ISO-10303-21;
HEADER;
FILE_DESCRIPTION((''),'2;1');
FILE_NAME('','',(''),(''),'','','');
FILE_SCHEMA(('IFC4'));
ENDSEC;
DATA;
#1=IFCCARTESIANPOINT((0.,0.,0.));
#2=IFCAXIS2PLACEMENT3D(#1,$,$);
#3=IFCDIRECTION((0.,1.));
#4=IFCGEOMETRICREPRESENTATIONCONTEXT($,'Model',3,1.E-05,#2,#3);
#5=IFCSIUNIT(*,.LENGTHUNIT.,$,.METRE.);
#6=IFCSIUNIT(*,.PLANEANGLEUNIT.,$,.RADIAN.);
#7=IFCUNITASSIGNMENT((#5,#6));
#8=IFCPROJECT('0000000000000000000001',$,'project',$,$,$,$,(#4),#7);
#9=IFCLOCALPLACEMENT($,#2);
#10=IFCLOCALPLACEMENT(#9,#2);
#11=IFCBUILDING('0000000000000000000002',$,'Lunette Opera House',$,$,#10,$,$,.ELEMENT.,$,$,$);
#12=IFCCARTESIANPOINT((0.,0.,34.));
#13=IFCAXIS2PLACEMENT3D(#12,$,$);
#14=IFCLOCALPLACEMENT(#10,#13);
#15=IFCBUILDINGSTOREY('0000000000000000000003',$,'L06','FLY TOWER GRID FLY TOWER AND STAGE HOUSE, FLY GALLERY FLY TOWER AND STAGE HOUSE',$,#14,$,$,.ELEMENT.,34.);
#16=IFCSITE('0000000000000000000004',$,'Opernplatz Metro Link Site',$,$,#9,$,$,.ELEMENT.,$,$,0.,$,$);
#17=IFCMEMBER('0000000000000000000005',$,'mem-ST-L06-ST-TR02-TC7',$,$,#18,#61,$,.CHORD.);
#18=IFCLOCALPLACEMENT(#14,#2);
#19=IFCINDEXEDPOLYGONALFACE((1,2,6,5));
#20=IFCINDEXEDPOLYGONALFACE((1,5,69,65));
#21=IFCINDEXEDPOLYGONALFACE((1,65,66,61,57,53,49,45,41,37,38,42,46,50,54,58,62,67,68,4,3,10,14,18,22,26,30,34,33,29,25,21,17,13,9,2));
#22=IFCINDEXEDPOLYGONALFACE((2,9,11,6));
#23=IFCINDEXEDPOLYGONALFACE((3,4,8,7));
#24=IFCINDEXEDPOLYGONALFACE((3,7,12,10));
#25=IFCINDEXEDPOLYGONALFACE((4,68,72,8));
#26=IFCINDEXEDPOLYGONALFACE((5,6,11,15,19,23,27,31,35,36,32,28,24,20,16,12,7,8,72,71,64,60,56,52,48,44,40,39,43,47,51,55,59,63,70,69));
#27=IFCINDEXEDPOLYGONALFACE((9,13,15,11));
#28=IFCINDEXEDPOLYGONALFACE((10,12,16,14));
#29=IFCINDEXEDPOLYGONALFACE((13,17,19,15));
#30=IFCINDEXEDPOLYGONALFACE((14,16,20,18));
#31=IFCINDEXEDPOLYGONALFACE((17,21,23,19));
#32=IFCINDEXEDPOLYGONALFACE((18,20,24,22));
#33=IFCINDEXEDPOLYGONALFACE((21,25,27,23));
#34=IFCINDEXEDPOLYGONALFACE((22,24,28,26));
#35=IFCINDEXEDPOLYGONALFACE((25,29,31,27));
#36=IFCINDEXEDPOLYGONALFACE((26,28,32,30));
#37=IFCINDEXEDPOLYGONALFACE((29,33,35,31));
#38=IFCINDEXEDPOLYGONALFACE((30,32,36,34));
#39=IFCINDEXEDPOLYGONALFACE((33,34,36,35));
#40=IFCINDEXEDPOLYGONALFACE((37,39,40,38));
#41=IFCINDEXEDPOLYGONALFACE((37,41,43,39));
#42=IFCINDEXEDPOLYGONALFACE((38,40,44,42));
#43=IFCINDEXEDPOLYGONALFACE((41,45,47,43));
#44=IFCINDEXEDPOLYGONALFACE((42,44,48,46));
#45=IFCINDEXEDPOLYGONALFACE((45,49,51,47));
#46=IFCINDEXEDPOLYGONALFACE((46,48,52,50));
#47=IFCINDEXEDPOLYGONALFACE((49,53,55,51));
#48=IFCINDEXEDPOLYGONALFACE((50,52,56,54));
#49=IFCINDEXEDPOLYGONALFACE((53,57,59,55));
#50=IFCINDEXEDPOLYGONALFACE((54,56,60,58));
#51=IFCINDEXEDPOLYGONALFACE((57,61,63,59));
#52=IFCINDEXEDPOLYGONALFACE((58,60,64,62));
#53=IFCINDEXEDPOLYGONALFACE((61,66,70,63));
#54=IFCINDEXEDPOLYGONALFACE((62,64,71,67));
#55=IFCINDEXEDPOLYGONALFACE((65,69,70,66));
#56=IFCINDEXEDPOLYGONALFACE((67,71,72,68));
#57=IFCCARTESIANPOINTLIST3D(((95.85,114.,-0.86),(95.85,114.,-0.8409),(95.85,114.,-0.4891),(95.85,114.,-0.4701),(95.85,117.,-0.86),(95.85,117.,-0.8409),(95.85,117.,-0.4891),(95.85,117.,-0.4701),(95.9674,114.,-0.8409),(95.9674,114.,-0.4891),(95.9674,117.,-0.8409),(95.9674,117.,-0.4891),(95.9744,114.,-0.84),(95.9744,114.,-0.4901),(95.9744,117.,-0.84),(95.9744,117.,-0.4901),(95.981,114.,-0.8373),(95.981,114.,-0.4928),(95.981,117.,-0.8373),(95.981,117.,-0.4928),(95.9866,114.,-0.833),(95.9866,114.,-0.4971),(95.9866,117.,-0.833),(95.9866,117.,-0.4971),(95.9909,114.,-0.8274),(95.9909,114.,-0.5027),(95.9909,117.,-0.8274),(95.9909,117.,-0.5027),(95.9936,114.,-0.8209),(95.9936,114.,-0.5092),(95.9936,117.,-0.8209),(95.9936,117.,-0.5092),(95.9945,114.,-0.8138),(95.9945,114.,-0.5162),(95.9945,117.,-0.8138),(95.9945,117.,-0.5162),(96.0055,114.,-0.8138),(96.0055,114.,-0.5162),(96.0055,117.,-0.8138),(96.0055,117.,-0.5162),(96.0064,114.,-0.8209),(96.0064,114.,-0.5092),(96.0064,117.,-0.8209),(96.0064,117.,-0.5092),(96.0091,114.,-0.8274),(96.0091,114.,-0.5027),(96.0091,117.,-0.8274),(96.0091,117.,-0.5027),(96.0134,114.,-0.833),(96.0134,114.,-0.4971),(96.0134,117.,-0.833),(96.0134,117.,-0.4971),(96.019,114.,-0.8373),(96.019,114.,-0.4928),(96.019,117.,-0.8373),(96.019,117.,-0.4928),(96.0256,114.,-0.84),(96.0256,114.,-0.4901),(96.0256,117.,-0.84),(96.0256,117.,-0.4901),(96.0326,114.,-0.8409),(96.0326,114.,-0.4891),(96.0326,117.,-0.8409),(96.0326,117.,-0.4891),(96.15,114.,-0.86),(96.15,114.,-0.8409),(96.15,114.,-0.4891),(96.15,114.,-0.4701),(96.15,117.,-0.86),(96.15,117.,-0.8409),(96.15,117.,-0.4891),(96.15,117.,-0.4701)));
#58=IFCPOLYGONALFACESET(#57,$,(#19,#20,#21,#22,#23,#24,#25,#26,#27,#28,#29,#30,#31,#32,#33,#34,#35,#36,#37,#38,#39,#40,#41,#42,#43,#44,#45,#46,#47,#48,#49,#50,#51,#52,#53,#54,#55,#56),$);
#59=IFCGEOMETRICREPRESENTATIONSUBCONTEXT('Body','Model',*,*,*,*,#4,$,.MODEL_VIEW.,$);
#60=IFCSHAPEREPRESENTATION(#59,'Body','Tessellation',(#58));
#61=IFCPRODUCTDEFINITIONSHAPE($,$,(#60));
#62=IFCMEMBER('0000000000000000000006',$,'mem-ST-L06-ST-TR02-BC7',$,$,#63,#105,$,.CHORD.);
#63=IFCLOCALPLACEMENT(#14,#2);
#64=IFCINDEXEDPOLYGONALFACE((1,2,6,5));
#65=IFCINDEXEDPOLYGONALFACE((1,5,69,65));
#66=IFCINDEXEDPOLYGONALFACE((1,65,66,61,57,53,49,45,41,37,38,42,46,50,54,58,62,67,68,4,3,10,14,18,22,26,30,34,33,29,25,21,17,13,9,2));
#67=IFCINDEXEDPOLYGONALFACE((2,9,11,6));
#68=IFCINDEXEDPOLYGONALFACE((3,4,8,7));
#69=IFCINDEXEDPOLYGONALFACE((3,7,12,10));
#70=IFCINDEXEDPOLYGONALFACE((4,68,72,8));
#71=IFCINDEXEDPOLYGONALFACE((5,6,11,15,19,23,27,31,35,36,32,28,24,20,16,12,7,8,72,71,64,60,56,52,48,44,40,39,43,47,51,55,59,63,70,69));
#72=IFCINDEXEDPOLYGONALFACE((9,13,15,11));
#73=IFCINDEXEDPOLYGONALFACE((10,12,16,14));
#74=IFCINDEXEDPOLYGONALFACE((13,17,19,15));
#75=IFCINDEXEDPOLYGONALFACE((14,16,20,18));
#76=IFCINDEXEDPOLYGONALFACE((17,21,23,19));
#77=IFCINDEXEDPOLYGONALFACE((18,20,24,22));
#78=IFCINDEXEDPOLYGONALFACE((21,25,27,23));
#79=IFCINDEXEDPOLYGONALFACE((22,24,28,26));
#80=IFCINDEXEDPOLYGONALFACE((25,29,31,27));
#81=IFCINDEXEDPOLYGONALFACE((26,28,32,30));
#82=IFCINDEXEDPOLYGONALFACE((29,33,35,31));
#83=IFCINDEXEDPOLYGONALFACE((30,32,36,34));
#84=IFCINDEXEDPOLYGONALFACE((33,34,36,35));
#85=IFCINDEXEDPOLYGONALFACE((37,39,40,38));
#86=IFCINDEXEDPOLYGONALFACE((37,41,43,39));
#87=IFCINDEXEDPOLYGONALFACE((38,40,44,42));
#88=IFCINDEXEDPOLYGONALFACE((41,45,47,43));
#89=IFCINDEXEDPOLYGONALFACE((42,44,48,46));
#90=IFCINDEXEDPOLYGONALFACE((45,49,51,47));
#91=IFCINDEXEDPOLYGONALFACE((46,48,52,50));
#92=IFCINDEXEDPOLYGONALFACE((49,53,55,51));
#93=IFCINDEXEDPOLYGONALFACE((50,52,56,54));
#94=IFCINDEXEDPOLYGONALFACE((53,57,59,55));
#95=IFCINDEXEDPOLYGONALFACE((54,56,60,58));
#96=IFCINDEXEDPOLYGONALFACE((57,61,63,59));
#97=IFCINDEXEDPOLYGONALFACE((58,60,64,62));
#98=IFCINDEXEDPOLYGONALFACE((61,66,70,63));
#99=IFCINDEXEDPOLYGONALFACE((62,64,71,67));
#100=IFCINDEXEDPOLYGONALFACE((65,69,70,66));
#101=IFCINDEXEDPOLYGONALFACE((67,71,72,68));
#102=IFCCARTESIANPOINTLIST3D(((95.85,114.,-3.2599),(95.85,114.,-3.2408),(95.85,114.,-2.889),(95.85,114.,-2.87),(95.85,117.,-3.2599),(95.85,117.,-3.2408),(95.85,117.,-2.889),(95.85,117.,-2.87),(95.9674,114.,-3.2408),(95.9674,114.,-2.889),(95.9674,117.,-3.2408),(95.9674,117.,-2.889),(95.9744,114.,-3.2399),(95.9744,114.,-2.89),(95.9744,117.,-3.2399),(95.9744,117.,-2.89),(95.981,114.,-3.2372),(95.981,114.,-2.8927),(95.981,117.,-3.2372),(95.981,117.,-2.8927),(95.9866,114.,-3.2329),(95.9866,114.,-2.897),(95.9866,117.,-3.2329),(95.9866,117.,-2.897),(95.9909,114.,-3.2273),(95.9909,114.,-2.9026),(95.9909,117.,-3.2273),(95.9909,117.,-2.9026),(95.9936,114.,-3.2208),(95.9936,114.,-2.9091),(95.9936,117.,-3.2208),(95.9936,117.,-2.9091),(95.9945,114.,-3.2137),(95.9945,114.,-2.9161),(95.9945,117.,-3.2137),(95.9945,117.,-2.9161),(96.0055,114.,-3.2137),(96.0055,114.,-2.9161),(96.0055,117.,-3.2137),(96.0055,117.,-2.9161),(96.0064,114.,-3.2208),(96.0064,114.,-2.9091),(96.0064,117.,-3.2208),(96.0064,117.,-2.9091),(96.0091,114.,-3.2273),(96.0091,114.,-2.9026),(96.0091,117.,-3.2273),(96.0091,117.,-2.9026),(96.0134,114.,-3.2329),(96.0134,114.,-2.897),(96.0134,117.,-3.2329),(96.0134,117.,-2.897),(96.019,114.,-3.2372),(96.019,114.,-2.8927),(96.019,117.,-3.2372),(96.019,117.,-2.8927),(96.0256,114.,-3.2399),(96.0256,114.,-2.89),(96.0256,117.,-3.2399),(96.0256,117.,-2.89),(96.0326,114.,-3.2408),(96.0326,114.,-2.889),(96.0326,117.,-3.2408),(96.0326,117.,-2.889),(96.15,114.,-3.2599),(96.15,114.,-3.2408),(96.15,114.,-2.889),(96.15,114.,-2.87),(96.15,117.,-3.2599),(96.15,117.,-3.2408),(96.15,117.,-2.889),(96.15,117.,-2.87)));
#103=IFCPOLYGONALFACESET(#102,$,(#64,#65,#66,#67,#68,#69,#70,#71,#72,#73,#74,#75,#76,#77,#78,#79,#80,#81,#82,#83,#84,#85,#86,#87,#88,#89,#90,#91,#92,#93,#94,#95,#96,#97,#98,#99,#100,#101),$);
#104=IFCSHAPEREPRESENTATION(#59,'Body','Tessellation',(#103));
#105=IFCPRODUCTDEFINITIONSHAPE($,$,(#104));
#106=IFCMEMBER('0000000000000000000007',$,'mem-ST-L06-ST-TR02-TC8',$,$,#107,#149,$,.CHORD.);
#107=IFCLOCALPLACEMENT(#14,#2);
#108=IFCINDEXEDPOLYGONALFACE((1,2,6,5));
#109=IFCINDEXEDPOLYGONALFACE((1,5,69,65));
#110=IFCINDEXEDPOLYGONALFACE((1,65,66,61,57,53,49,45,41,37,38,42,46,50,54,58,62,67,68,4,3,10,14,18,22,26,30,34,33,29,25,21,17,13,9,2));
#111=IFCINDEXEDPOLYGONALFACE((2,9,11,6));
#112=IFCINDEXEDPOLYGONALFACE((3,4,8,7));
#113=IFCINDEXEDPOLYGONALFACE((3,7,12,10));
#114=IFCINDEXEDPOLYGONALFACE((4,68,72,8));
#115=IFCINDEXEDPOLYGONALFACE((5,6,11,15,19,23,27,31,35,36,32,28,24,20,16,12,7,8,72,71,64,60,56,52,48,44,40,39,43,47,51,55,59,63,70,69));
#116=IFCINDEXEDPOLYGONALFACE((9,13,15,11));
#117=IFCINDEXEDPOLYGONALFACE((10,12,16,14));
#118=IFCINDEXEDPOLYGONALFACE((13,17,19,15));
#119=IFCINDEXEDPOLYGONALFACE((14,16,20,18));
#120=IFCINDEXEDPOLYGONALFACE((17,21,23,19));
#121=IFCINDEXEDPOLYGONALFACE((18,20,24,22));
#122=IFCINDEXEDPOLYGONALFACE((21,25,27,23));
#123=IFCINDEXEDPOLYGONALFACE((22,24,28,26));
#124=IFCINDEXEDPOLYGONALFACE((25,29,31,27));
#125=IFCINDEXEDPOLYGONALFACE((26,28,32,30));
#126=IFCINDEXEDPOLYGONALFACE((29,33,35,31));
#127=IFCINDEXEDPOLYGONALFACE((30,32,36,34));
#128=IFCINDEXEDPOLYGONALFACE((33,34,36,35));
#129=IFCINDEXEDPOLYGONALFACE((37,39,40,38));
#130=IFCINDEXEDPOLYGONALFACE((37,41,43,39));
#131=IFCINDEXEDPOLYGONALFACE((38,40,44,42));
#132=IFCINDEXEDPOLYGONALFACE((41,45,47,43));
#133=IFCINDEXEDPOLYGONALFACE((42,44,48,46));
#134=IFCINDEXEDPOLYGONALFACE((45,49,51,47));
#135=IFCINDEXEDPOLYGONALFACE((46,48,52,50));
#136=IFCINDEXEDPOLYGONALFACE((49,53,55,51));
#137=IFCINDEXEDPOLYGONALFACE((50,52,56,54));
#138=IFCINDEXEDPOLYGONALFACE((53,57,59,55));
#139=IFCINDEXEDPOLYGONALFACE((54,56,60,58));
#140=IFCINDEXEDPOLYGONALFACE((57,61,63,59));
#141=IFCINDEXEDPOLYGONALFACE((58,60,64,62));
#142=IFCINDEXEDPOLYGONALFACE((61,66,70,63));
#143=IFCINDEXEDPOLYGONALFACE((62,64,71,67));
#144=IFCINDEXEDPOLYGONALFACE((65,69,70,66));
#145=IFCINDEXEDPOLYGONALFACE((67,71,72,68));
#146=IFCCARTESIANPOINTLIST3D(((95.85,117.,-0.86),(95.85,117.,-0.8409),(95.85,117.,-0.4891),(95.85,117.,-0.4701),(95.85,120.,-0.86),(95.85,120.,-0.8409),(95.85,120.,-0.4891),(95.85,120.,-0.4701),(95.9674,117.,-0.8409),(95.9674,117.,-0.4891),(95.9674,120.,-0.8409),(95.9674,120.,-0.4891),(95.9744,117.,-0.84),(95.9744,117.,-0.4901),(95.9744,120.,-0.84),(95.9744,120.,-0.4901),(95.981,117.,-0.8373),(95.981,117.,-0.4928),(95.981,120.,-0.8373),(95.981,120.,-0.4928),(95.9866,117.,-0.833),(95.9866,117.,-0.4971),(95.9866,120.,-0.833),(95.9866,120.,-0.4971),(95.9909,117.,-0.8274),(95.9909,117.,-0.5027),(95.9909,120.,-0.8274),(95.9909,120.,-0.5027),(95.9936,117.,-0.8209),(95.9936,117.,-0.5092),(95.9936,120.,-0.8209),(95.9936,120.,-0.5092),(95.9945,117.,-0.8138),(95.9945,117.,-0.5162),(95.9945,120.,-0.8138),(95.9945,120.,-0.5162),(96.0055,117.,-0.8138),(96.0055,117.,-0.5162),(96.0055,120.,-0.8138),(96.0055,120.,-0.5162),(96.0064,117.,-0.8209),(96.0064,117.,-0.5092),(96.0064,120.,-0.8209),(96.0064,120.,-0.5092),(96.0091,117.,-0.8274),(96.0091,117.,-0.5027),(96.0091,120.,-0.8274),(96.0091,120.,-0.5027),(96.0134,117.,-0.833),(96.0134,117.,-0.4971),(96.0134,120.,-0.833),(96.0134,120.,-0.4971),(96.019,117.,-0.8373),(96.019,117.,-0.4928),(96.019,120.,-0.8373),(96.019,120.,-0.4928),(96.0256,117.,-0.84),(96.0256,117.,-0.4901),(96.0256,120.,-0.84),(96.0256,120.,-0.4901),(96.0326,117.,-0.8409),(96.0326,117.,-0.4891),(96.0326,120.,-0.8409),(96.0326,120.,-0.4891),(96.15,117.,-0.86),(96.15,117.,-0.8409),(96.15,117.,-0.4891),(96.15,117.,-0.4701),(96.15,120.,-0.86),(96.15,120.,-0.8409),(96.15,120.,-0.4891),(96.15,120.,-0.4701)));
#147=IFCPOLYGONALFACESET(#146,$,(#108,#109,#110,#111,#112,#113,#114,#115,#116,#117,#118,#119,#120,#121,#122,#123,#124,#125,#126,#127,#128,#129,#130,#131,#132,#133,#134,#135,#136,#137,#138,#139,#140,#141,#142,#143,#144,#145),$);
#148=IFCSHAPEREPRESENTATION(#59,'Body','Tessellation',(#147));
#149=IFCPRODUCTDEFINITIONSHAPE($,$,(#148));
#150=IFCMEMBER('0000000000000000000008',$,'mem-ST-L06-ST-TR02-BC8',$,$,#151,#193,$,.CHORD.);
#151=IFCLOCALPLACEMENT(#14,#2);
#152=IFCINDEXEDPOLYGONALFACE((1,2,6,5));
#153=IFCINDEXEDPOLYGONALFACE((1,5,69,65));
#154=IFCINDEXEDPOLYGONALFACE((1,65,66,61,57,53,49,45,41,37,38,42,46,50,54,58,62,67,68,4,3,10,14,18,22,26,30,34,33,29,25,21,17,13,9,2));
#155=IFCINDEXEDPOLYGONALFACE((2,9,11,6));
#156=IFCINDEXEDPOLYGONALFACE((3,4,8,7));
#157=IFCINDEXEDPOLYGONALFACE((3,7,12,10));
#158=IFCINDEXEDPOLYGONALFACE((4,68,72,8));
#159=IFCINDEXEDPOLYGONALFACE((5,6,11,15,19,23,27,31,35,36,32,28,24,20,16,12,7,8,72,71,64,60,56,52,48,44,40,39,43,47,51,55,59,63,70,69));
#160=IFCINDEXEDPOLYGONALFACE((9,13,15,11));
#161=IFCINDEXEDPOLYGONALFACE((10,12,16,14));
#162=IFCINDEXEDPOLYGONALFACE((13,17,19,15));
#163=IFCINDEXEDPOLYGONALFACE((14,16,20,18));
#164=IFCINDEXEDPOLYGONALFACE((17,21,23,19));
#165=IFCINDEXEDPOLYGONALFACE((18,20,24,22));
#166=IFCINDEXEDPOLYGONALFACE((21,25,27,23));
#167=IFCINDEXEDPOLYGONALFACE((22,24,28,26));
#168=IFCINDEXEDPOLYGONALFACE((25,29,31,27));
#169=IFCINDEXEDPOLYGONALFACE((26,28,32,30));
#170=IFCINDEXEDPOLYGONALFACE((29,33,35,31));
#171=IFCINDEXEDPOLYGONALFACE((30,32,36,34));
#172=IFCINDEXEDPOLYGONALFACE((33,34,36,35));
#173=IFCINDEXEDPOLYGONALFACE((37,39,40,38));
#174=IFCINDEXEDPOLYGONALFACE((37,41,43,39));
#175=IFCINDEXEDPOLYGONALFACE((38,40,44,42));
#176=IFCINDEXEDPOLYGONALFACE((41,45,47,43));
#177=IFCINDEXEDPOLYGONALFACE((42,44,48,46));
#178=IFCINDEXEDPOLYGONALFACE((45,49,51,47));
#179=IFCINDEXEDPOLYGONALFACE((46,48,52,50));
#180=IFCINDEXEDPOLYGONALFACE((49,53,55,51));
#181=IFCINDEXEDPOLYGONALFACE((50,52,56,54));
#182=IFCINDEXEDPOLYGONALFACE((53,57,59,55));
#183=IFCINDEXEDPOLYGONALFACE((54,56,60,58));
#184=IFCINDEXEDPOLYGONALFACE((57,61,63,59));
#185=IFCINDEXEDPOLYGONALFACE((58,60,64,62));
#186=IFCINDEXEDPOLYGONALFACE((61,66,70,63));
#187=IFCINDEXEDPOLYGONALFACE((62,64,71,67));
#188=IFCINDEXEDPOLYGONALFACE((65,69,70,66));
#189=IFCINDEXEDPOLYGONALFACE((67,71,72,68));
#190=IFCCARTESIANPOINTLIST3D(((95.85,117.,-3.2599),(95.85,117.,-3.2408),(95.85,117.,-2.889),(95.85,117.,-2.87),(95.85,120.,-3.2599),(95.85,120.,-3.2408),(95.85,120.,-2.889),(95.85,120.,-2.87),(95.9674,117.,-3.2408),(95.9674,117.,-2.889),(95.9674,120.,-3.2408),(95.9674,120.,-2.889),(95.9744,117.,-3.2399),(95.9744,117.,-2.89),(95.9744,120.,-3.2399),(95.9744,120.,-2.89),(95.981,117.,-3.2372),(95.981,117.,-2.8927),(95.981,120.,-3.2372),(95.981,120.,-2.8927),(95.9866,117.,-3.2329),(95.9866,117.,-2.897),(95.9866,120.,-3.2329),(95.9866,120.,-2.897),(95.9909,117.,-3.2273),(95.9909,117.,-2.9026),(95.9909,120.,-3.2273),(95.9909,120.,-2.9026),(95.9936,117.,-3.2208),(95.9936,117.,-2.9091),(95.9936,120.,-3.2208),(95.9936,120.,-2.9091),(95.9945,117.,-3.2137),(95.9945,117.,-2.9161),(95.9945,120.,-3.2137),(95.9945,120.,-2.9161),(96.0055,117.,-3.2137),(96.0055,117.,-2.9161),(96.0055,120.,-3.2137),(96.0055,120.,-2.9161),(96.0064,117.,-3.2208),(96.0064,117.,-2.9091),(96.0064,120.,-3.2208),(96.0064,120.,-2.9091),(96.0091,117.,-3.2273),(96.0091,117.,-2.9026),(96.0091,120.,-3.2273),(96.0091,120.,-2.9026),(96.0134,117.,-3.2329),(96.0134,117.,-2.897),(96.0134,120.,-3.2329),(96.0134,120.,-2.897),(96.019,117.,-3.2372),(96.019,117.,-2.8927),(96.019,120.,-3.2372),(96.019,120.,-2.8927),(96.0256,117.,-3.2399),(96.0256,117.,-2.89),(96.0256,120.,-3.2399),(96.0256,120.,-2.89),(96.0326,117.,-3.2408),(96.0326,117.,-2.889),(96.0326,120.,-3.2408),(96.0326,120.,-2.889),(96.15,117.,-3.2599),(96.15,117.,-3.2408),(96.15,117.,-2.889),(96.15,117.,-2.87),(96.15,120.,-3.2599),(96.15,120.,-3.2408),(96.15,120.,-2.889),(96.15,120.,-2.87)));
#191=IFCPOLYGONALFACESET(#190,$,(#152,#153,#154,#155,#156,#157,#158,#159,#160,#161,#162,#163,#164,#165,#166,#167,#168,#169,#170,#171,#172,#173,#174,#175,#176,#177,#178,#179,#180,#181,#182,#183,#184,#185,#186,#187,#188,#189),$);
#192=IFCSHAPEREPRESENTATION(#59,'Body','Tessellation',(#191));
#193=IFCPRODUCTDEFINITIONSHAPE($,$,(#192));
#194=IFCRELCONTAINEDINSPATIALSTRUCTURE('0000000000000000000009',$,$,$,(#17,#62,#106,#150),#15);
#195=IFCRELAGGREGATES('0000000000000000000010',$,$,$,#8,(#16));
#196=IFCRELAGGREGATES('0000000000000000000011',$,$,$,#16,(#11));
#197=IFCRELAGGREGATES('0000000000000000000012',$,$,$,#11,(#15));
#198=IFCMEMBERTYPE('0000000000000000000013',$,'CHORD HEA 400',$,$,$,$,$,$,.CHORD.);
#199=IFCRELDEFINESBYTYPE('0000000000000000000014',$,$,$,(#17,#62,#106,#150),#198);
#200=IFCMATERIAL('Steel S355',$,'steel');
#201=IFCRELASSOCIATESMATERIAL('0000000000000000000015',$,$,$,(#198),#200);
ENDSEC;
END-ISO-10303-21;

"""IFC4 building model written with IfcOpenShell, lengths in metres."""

from ifc_helpers import new_model, si_unit, direction, frame, origin, origin_2d, place, context, subcontext, project, spatial, i_section, extrude, material, material_profile, profile_set, type_object, element, save


model = new_model("IFC4")

# Units and contexts
model_context = context("Model", 3, precision=1e-05, world=origin(), true_north=direction((0.0, 1.0)))
body_context = subcontext(model_context, "Body", "Model", "MODEL_VIEW")
ifc_project = project(units=[si_unit("LENGTHUNIT", "METRE"), si_unit("PLANEANGLEUNIT", "RADIAN")], contexts=[model_context])

# Site, building, storey
site_placement = place(None, origin())
site = spatial("IfcSite", under=ifc_project, at=site_placement, Name="Opernplatz Metro Link Site", CompositionType="ELEMENT", RefElevation=0.0)
building_placement = place(site_placement, origin())
building = spatial("IfcBuilding", under=site, at=building_placement, Name="Lunette Opera House", CompositionType="ELEMENT")
storey_placement = place(building_placement, frame((0.0, 0.0, 34.0)))
storey = spatial("IfcBuildingStorey", under=building, at=storey_placement, Name="L06", Description="FLY TOWER GRID FLY TOWER AND STAGE HOUSE, FLY GALLERY FLY TOWER AND STAGE HOUSE", CompositionType="ELEMENT", Elevation=34.0)

# Members
ifc_material_1 = material(Name="Steel S355", Category="steel")
ifc_material_profile_1 = material_profile(ifc_material_1, i_section(OverallWidth=0.3, OverallDepth=0.3899, WebThickness=0.011, FlangeThickness=0.019, FilletRadius=0.0271, at=origin_2d()), Name="HEA 400")
ifc_profile_set_1 = profile_set([ifc_material_profile_1], Name="Steel S355")
member_type_1 = type_object("IfcMemberType", Name="CHORD HEA 400", PredefinedType="CHORD", material=ifc_profile_set_1)
for number, where, z_axis, x_axis, name in (
    (1, (96.0, 114.0, -0.665), (0.0, 1.0, 0.0), (-1.0, 0.0, 0.0), "mem-ST-L06-ST-TR02-TC7"),
    (2, (96.0, 114.0, -3.0649), (0.0, 1.0, 0.0), (-1.0, 0.0, 0.0), "mem-ST-L06-ST-TR02-BC7"),
    (3, (96.0, 117.0, -0.665), (0.0, 1.0, 0.0), (-1.0, 0.0, 0.0), "mem-ST-L06-ST-TR02-TC8"),
    (4, (96.0, 117.0, -3.0649), (0.0, 1.0, 0.0), (-1.0, 0.0, 0.0), "mem-ST-L06-ST-TR02-BC8"),
):
    element("IfcMember", number, at=place(storey_placement, frame(where, z_axis=z_axis, x_axis=x_axis)), inside=storey, type_object=member_type_1, Name=name, PredefinedType="CHORD", context=body_context, shape_type="SweptSolid", body=[
        extrude(i_section(OverallWidth=0.3, OverallDepth=0.3899, WebThickness=0.011, FlangeThickness=0.019, FilletRadius=0.0271, at=origin_2d()), origin(), (0.0, 0.0, 1.0), 3.0),
    ])

save(model, "model.ifc")
